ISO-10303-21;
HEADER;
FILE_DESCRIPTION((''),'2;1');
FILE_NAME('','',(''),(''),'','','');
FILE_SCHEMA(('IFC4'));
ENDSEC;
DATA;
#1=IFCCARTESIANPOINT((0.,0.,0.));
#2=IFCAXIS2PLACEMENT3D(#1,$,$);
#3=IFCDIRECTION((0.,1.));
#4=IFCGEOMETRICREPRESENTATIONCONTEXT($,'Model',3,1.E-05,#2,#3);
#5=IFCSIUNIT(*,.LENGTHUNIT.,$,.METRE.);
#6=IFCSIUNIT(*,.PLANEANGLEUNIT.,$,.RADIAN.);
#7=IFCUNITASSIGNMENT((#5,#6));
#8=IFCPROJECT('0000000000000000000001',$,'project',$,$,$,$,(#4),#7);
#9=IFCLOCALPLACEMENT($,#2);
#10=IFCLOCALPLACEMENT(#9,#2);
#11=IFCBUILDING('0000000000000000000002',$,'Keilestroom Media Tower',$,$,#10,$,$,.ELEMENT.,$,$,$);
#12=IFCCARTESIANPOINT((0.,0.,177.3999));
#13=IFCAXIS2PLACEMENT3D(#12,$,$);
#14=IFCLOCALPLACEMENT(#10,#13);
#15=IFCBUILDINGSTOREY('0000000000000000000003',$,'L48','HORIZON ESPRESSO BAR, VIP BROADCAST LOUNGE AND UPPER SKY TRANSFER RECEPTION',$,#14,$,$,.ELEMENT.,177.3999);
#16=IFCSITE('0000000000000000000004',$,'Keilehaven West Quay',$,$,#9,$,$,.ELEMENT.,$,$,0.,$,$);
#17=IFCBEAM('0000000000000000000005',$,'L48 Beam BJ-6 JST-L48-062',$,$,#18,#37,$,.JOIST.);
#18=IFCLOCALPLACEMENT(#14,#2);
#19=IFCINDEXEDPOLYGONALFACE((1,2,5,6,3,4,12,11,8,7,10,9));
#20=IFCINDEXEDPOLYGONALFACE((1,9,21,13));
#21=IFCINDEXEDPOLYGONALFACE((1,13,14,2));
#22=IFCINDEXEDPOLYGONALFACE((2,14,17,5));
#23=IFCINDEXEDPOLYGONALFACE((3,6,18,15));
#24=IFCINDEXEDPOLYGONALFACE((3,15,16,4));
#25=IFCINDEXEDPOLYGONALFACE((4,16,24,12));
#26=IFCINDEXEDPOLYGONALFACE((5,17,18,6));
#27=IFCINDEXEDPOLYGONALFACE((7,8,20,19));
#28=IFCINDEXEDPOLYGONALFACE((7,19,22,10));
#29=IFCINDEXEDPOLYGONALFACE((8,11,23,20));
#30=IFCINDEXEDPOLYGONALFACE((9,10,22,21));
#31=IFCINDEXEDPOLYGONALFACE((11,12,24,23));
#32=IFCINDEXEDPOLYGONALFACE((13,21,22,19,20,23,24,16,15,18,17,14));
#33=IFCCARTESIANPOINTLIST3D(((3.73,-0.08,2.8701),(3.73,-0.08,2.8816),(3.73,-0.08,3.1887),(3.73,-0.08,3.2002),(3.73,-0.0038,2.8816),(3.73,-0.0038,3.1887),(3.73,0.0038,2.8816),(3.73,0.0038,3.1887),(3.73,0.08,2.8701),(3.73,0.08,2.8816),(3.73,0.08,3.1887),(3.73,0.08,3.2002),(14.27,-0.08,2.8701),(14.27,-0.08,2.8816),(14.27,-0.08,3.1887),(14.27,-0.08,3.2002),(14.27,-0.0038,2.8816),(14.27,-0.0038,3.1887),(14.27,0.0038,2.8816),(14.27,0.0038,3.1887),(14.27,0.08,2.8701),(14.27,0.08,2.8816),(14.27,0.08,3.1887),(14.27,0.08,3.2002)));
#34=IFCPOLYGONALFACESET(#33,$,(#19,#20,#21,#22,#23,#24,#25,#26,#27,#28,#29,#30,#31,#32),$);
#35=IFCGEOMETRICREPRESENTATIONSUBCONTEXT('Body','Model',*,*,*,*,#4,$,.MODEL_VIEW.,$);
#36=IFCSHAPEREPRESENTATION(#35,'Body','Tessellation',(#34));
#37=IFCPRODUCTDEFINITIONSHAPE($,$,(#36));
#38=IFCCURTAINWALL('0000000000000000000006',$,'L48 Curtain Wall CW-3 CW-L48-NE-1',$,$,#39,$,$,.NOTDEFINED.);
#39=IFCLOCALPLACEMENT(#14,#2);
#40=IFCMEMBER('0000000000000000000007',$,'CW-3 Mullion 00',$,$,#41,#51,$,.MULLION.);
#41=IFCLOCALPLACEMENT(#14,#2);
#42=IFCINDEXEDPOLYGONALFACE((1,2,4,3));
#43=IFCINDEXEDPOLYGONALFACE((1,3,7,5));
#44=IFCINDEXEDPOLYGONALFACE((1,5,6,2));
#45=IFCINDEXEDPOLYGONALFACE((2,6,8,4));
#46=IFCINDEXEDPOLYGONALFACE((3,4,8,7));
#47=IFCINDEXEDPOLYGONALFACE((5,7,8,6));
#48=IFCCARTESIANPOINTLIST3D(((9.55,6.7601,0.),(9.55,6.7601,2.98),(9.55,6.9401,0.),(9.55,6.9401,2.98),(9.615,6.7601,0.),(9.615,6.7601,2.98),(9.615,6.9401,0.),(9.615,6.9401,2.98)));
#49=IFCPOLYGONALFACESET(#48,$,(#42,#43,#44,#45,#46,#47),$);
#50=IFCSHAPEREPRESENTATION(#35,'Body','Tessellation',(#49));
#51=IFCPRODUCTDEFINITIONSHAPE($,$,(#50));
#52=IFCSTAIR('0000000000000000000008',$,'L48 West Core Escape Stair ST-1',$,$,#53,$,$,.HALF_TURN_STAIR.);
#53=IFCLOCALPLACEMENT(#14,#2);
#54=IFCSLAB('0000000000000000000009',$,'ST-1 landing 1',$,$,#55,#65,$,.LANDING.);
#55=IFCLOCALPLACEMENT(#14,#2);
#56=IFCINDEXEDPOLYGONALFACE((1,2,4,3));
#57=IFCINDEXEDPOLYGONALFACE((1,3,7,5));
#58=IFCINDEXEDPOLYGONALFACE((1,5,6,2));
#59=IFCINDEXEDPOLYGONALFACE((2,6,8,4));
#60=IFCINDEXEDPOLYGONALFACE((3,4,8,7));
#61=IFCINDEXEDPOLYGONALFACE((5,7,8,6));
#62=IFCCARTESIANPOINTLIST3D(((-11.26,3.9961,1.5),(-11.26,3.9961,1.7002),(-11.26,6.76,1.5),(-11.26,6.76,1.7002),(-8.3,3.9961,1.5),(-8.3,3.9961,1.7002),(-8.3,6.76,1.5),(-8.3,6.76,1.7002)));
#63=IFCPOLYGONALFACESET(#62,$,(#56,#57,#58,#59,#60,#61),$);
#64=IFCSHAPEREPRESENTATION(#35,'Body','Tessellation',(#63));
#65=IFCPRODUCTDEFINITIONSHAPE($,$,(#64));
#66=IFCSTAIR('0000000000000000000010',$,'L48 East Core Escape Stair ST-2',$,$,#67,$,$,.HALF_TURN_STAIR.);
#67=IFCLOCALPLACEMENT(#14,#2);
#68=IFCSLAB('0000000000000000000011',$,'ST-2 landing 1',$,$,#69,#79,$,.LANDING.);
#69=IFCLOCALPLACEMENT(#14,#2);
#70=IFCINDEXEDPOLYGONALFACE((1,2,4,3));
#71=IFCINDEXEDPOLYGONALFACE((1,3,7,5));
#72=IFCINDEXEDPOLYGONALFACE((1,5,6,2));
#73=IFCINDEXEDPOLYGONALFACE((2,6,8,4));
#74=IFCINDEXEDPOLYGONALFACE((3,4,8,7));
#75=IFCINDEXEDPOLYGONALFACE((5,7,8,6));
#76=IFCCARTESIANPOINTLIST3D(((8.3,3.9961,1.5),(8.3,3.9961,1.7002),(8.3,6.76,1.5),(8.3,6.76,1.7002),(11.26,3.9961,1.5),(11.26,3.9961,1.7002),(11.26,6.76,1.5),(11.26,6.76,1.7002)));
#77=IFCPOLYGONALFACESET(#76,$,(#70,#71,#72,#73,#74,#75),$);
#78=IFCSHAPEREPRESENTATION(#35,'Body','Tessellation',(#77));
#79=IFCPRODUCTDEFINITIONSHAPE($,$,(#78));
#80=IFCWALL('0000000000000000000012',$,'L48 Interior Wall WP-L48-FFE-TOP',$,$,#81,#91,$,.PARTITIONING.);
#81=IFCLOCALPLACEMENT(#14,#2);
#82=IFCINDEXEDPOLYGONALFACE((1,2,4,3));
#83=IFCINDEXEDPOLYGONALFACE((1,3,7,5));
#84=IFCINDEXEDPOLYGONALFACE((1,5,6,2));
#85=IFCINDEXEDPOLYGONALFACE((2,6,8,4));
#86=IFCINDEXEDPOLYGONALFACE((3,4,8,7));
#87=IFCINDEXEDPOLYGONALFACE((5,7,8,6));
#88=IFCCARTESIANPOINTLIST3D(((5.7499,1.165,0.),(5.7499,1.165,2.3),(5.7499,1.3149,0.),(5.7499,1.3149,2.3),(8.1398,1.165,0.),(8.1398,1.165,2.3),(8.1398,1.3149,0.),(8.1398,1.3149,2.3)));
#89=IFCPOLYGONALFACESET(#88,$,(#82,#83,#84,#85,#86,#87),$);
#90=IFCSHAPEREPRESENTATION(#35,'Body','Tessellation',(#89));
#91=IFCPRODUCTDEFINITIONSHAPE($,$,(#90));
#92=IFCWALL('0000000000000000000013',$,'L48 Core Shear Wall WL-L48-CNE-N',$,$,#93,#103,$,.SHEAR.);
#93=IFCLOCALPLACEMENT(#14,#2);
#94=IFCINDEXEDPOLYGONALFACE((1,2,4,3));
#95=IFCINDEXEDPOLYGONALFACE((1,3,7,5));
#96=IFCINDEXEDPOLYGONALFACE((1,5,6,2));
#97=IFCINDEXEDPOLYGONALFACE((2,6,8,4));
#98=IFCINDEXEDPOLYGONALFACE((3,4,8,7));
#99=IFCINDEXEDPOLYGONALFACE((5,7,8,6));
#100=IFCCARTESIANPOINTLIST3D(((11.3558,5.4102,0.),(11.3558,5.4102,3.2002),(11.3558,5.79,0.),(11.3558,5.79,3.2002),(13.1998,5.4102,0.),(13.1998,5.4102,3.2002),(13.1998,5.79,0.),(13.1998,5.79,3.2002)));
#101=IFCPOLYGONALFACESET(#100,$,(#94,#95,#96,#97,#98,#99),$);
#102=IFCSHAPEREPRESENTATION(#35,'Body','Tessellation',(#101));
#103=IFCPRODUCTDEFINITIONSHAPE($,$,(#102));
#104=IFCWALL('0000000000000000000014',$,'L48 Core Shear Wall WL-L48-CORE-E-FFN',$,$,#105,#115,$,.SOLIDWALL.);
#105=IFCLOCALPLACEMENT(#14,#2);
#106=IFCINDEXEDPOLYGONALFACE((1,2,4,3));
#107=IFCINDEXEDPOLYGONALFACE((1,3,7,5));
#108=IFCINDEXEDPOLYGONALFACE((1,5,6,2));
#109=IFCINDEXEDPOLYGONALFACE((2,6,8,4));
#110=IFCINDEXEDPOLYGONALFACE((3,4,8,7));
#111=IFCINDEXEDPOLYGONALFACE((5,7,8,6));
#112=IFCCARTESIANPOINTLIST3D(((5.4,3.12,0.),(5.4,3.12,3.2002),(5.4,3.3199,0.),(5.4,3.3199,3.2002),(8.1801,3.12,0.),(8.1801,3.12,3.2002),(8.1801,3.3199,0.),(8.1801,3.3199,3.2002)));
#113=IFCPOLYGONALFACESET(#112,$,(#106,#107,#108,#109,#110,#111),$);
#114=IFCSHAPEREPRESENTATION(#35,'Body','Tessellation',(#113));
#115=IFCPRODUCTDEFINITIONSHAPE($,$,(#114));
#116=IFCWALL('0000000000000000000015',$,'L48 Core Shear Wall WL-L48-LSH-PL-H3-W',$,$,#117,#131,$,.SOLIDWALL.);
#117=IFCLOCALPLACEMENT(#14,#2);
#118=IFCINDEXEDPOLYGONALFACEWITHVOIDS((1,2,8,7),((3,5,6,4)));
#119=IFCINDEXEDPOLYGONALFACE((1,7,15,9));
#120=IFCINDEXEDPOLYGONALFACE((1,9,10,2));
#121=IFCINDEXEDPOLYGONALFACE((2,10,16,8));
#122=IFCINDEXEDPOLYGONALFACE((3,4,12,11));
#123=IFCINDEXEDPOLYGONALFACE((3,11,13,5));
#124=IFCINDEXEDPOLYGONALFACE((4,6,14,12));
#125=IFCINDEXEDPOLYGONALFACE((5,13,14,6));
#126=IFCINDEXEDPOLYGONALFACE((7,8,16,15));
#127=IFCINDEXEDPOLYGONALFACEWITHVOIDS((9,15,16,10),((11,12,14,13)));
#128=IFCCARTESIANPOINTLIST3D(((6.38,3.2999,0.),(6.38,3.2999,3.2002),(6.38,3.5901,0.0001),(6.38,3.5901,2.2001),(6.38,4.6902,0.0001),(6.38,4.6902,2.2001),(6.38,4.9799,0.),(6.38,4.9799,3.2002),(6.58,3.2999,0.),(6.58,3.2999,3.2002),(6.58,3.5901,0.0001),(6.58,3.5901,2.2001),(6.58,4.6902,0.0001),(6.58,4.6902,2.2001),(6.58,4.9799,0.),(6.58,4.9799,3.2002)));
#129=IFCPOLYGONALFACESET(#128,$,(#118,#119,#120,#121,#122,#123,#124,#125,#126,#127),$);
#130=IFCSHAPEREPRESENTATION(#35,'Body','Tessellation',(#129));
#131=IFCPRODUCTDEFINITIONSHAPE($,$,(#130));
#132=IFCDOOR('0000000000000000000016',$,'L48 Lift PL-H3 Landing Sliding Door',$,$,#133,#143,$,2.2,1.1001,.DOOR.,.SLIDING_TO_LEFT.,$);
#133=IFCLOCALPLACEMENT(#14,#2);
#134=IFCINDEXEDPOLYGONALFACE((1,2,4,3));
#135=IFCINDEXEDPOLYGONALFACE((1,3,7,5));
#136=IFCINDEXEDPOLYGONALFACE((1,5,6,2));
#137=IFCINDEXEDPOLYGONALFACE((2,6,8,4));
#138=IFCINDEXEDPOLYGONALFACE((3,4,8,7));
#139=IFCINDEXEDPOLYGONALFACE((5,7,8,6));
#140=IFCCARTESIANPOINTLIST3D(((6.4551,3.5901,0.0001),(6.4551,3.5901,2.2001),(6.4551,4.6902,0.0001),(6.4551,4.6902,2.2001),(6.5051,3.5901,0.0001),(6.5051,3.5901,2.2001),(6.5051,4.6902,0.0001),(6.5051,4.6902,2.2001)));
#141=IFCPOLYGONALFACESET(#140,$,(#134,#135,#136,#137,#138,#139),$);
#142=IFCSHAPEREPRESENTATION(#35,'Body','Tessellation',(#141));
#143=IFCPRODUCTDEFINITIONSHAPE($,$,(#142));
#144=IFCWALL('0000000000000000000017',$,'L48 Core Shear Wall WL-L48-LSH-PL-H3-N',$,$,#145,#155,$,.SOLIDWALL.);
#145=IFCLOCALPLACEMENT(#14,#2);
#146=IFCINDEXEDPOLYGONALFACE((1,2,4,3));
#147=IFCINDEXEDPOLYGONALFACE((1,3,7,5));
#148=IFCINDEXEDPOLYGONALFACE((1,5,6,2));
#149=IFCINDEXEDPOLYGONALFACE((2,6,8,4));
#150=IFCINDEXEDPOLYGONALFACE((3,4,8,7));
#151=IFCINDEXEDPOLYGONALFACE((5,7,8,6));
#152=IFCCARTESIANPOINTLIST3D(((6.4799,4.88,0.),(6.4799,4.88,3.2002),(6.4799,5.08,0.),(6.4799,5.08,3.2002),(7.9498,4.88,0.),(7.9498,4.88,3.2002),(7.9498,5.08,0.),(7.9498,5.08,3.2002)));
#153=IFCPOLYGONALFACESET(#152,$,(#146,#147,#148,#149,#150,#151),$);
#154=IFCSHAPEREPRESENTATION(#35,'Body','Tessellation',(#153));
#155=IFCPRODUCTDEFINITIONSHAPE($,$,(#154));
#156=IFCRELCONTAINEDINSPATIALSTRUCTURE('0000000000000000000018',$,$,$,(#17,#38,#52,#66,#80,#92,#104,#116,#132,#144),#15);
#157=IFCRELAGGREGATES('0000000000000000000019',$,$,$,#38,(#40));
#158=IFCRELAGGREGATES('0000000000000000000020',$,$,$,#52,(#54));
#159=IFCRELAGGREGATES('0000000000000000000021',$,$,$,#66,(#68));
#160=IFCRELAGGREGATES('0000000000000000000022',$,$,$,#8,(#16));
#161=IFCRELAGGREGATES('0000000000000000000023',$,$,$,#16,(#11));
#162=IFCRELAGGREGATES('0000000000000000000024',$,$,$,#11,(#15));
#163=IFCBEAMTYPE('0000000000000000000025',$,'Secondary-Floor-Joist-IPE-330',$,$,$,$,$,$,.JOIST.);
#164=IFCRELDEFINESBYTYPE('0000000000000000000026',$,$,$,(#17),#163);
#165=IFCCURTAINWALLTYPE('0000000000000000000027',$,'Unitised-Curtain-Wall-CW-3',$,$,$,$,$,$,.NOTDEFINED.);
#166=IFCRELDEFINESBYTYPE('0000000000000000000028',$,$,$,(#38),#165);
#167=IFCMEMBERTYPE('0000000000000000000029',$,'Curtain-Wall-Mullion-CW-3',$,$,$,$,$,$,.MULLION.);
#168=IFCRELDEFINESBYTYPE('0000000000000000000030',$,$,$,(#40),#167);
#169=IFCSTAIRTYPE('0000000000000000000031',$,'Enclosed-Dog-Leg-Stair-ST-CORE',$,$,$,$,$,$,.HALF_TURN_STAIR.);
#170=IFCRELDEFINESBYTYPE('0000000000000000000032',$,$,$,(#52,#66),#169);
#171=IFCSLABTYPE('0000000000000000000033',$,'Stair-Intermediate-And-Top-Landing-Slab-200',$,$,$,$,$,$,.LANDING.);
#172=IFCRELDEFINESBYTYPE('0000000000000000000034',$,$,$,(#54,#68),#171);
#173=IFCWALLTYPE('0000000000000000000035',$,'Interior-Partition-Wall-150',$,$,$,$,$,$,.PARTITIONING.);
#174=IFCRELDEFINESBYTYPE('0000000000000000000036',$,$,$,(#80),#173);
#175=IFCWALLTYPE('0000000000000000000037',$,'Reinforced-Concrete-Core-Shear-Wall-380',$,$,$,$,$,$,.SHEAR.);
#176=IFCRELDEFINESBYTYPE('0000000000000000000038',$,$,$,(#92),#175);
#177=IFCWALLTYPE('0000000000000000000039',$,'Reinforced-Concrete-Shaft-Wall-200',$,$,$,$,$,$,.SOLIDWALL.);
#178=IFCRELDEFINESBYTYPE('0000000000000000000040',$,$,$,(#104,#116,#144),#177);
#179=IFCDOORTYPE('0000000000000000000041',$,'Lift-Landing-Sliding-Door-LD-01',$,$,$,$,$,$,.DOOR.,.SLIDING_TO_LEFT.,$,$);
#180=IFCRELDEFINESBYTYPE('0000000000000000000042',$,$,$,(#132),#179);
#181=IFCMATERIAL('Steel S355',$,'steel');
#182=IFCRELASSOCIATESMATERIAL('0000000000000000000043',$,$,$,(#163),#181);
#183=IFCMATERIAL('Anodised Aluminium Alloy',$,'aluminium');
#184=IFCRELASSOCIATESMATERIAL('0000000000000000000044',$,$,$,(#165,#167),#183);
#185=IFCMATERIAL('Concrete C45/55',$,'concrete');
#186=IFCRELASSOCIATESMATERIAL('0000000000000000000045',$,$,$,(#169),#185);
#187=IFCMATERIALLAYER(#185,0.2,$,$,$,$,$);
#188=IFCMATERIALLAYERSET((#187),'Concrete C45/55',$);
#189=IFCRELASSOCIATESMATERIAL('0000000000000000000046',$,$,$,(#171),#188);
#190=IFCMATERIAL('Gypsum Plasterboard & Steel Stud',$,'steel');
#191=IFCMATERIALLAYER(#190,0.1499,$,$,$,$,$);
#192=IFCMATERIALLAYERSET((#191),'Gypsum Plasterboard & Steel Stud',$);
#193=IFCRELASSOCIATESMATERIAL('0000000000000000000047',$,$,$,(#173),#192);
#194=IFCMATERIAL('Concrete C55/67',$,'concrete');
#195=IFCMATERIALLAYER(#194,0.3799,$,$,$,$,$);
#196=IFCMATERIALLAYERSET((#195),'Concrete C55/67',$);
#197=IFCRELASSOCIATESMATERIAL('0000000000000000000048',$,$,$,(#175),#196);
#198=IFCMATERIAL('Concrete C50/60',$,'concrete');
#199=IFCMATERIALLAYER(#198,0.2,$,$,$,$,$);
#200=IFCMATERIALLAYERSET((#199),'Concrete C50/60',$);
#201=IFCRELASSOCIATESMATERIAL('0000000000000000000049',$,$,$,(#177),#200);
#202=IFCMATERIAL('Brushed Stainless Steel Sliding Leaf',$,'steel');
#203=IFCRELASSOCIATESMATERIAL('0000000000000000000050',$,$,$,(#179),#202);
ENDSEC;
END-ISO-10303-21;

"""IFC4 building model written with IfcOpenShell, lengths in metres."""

from ifc_helpers import new_model, si_unit, direction, frame, frame_2d, origin, origin_2d, place, context, subcontext, project, spatial, polyline, rectangle, i_section, outline, extrude, source, transform, mapped, material, layer, layer_set, material_profile, profile_set, type_object, element, fill, aggregate, save


model = new_model("IFC4")

# Units and contexts
model_context = context("Model", 3, precision=1e-05, world=origin(), true_north=direction((0.0, 1.0)))
body_context = subcontext(model_context, "Body", "Model", "MODEL_VIEW")
ifc_project = project(units=[si_unit("LENGTHUNIT", "METRE"), si_unit("PLANEANGLEUNIT", "RADIAN")], contexts=[model_context])

# Site, building, storey
site_placement = place(None, origin())
site = spatial("IfcSite", under=ifc_project, at=site_placement, Name="Keilehaven West Quay", CompositionType="ELEMENT", RefElevation=0.0)
building_placement = place(site_placement, origin())
building = spatial("IfcBuilding", under=site, at=building_placement, Name="Keilestroom Media Tower", CompositionType="ELEMENT")
storey_placement = place(building_placement, frame((0.0, 0.0, 177.3999)))
storey = spatial("IfcBuildingStorey", under=building, at=storey_placement, Name="L48", Description="HORIZON ESPRESSO BAR, VIP BROADCAST LOUNGE AND UPPER SKY TRANSFER RECEPTION", CompositionType="ELEMENT", Elevation=177.3999)

# Beam
ifc_material_1 = material(Name="Steel S355", Category="steel")
ifc_material_profile_1 = material_profile(ifc_material_1, i_section(OverallWidth=0.1599, OverallDepth=0.3301, WebThickness=0.0076, FlangeThickness=0.0115, at=origin_2d()), Name="IPE 330")
ifc_profile_set_1 = profile_set([ifc_material_profile_1], Name="Steel S355")
beam_type = type_object("IfcBeamType", Name="Secondary-Floor-Joist-IPE-330", PredefinedType="JOIST", material=ifc_profile_set_1)
shared_shape_1 = source(origin(), body_context, "Body", "SweptSolid", [
    extrude(i_section(OverallWidth=0.1599, OverallDepth=0.3301, WebThickness=0.0076, FlangeThickness=0.0115, at=origin_2d()), origin(), (0.0, 0.0, 1.0), 10.54),
])
beam_placement = place(storey_placement, frame((3.73, 0.0, 3.0352), z_axis=(1.0, 0.0, 0.0), x_axis=(0.0, 1.0, 0.0)))
element("IfcBeam", 1, at=beam_placement, inside=storey, type_object=beam_type, Name="L48 Beam BJ-6 JST-L48-062", PredefinedType="JOIST", context=body_context, shape_type="MappedRepresentation", body=[
    mapped(shared_shape_1, transform((0.0, 0.0, 0.0), x_axis=(1.0, 0.0, 0.0), y_axis=(0.0, 1.0, 0.0), z_axis=(0.0, 0.0, 1.0), scale=1.0)),
])

# Curtain wall, member
ifc_material_2 = material(Name="Anodised Aluminium Alloy", Category="aluminium")
curtain_wall_type = type_object("IfcCurtainWallType", Name="Unitised-Curtain-Wall-CW-3", PredefinedType="NOTDEFINED", material=ifc_material_2)
curtain_wall_placement = place(storey_placement, origin())
curtain_wall = element("IfcCurtainWall", 2, at=curtain_wall_placement, inside=storey, type_object=curtain_wall_type, Name="L48 Curtain Wall CW-3 CW-L48-NE-1", PredefinedType="NOTDEFINED")
ifc_material_profile_2 = material_profile(ifc_material_2, rectangle(XDim=0.0649, YDim=0.1799, at=origin_2d()), Name="ALU MULLION 65x180")
ifc_profile_set_2 = profile_set([ifc_material_profile_2], Name="Anodised Aluminium Alloy")
member_type = type_object("IfcMemberType", Name="Curtain-Wall-Mullion-CW-3", PredefinedType="MULLION", material=ifc_profile_set_2)
shared_shape_2 = source(origin(), body_context, "Body", "SweptSolid", [
    extrude(rectangle(XDim=0.0649, YDim=0.1799, at=origin_2d()), origin(), (0.0, 0.0, 1.0), 2.98),
])
member_placement = place(storey_placement, frame((9.5825, 6.8501, 0.0), z_axis=(0.0, 0.0, 1.0), x_axis=(1.0, 0.0, 0.0)))
member = element("IfcMember", 3, at=member_placement, type_object=member_type, Name="CW-3 Mullion 00", PredefinedType="MULLION", context=body_context, shape_type="MappedRepresentation", body=[
    mapped(shared_shape_2, transform((0.0, 0.0, 0.0), x_axis=(1.0, 0.0, 0.0), y_axis=(0.0, 1.0, 0.0), z_axis=(0.0, 0.0, 1.0), scale=1.0)),
])
aggregate(curtain_wall, [member])

# Stairs, slabs
ifc_material_3 = material(Name="Concrete C45/55", Category="concrete")
stair_type = type_object("IfcStairType", Name="Enclosed-Dog-Leg-Stair-ST-CORE", PredefinedType="HALF_TURN_STAIR", material=ifc_material_3)
stair_1_placement = place(storey_placement, origin())
stair_1 = element("IfcStair", 4, at=stair_1_placement, inside=storey, type_object=stair_type, Name="L48 West Core Escape Stair ST-1", PredefinedType="HALF_TURN_STAIR")
ifc_layer_1 = layer(ifc_material_3, 0.2)
ifc_layer_set_1 = layer_set([ifc_layer_1], Name="Concrete C45/55")
slab_type = type_object("IfcSlabType", Name="Stair-Intermediate-And-Top-Landing-Slab-200", PredefinedType="LANDING", material=ifc_layer_set_1)
slab_1_placement = place(storey_placement, frame((0.0, 0.0, 1.5)))
slab_1 = element("IfcSlab", 5, at=slab_1_placement, type_object=slab_type, Name="ST-1 landing 1", PredefinedType="LANDING", context=body_context, shape_type="SweptSolid", body=[
    extrude(outline(polyline([(-8.3, 3.9961), (-8.3, 6.76), (-11.26, 6.76), (-11.26, 3.9961), (-8.3, 3.9961)])), origin(), (0.0, 0.0, 1.0), 0.2002),
])
aggregate(stair_1, [slab_1])
stair_2_placement = place(storey_placement, origin())
stair_2 = element("IfcStair", 6, at=stair_2_placement, inside=storey, type_object=stair_type, Name="L48 East Core Escape Stair ST-2", PredefinedType="HALF_TURN_STAIR")
slab_2_placement = place(storey_placement, frame((0.0, 0.0, 1.5)))
slab_2 = element("IfcSlab", 7, at=slab_2_placement, type_object=slab_type, Name="ST-2 landing 1", PredefinedType="LANDING", context=body_context, shape_type="SweptSolid", body=[
    extrude(outline(polyline([(11.26, 3.9961), (11.26, 6.76), (8.3, 6.76), (8.3, 3.9961), (11.26, 3.9961)])), origin(), (0.0, 0.0, 1.0), 0.2002),
])

# Walls
ifc_material_4 = material(Name="Gypsum Plasterboard & Steel Stud", Category="steel")
ifc_layer_2 = layer(ifc_material_4, 0.1499)
ifc_layer_set_2 = layer_set([ifc_layer_2], Name="Gypsum Plasterboard & Steel Stud")
wall_type_1 = type_object("IfcWallType", Name="Interior-Partition-Wall-150", PredefinedType="PARTITIONING", material=ifc_layer_set_2)
wall_1_placement = place(storey_placement, frame((5.75, 1.24, 0.0), z_axis=(0.0, 0.0, 1.0), x_axis=(1.0, 0.0, 0.0)))
element("IfcWall", 8, at=wall_1_placement, inside=storey, type_object=wall_type_1, Name="L48 Interior Wall WP-L48-FFE-TOP", PredefinedType="PARTITIONING", context=body_context, shape_type="SweptSolid", body=[
    extrude(rectangle(XDim=2.3899, YDim=0.1499, at=frame_2d((1.1948, 0.0))), origin(), (0.0, 0.0, 1.0), 2.3),
])
ifc_material_5 = material(Name="Concrete C55/67", Category="concrete")
ifc_layer_3 = layer(ifc_material_5, 0.3799)
ifc_layer_set_3 = layer_set([ifc_layer_3], Name="Concrete C55/67")
wall_type_2 = type_object("IfcWallType", Name="Reinforced-Concrete-Core-Shear-Wall-380", PredefinedType="SHEAR", material=ifc_layer_set_3)
wall_2_placement = place(storey_placement, frame((11.356, 5.6001, 0.0), z_axis=(0.0, 0.0, 1.0), x_axis=(1.0, 0.0, 0.0)))
element("IfcWall", 9, at=wall_2_placement, inside=storey, type_object=wall_type_2, Name="L48 Core Shear Wall WL-L48-CNE-N", PredefinedType="SHEAR", context=body_context, shape_type="SweptSolid", body=[
    extrude(rectangle(XDim=1.844, YDim=0.3799, at=frame_2d((0.9219, 0.0))), origin(), (0.0, 0.0, 1.0), 3.2002),
])
ifc_material_6 = material(Name="Concrete C50/60", Category="concrete")
ifc_layer_4 = layer(ifc_material_6, 0.2)
ifc_layer_set_4 = layer_set([ifc_layer_4], Name="Concrete C50/60")
wall_type_3 = type_object("IfcWallType", Name="Reinforced-Concrete-Shaft-Wall-200", PredefinedType="SOLIDWALL", material=ifc_layer_set_4)
wall_3_placement = place(storey_placement, frame((5.3999, 3.22, 0.0), z_axis=(0.0, 0.0, 1.0), x_axis=(1.0, 0.0, 0.0)))
element("IfcWall", 10, at=wall_3_placement, inside=storey, type_object=wall_type_3, Name="L48 Core Shear Wall WL-L48-CORE-E-FFN", PredefinedType="SOLIDWALL", context=body_context, shape_type="SweptSolid", body=[
    extrude(rectangle(XDim=2.78, YDim=0.2, at=frame_2d((1.3901, 0.0))), origin(), (0.0, 0.0, 1.0), 3.2002),
])

# Wall, opening, door
wall_4_placement = place(storey_placement, frame((6.48, 3.3, 0.0), z_axis=(0.0, 0.0, 1.0), x_axis=(0.0, 1.0, 0.0)))
wall_4 = element("IfcWall", 11, at=wall_4_placement, inside=storey, type_object=wall_type_3, Name="L48 Core Shear Wall WL-L48-LSH-PL-H3-W", PredefinedType="SOLIDWALL", context=body_context, shape_type="SweptSolid", body=[
    extrude(rectangle(XDim=1.6799, YDim=0.2, at=frame_2d((0.8398, 0.0))), origin(), (0.0, 0.0, 1.0), 3.2002),
])
opening_1_placement = place(wall_4_placement, frame((0.29, 0.0, 0.0)))
opening_1 = element("IfcOpeningElement", 12, at=opening_1_placement, cuts=wall_4, PredefinedType="OPENING", context=body_context, shape_type="SweptSolid", body=[
    extrude(rectangle(XDim=1.1001, YDim=2.2, at=frame_2d((0.55, 1.1001))), frame((0.0, 0.1099, 0.0), z_axis=(0.0, -1.0, 0.0), x_axis=(1.0, 0.0, 0.0)), (0.0, 0.0, 1.0), 0.22),
])
ifc_material_7 = material(Name="Brushed Stainless Steel Sliding Leaf", Category="steel")
door_type = type_object("IfcDoorType", Name="Lift-Landing-Sliding-Door-LD-01", OperationType="SLIDING_TO_LEFT", PredefinedType="DOOR", material=ifc_material_7)
shared_shape_3 = source(origin(), body_context, "Body", "SweptSolid", [
    extrude(rectangle(XDim=1.1001, YDim=2.2, at=frame_2d((0.55, 1.1001))), frame((0.0, 0.0249, 0.0), z_axis=(0.0, -1.0, 0.0), x_axis=(1.0, 0.0, 0.0)), (0.0, 0.0, 1.0), 0.05),
])
door_1_placement = place(opening_1_placement, origin())
door_1 = element("IfcDoor", 13, at=door_1_placement, inside=storey, type_object=door_type, Name="L48 Lift PL-H3 Landing Sliding Door", OperationType="SLIDING_TO_LEFT", OverallHeight=2.2, OverallWidth=1.1001, PredefinedType="DOOR", context=body_context, shape_type="MappedRepresentation", body=[
    mapped(shared_shape_3, transform((0.0, 0.0, 0.0), x_axis=(1.0, 0.0, 0.0), y_axis=(0.0, 1.0, 0.0), z_axis=(0.0, 0.0, 1.0), scale=1.0)),
])
fill(opening_1, door_1)

# Wall
wall_5_placement = place(storey_placement, frame((6.48, 4.98, 0.0), z_axis=(0.0, 0.0, 1.0), x_axis=(1.0, 0.0, 0.0)))
element("IfcWall", 14, at=wall_5_placement, inside=storey, type_object=wall_type_3, Name="L48 Core Shear Wall WL-L48-LSH-PL-H3-N", PredefinedType="SOLIDWALL", context=body_context, shape_type="SweptSolid", body=[
    extrude(rectangle(XDim=1.47, YDim=0.2, at=frame_2d((0.7349, 0.0))), origin(), (0.0, 0.0, 1.0), 3.2002),
])

aggregate(stair_2, [slab_2])

save(model, "model.ifc")
